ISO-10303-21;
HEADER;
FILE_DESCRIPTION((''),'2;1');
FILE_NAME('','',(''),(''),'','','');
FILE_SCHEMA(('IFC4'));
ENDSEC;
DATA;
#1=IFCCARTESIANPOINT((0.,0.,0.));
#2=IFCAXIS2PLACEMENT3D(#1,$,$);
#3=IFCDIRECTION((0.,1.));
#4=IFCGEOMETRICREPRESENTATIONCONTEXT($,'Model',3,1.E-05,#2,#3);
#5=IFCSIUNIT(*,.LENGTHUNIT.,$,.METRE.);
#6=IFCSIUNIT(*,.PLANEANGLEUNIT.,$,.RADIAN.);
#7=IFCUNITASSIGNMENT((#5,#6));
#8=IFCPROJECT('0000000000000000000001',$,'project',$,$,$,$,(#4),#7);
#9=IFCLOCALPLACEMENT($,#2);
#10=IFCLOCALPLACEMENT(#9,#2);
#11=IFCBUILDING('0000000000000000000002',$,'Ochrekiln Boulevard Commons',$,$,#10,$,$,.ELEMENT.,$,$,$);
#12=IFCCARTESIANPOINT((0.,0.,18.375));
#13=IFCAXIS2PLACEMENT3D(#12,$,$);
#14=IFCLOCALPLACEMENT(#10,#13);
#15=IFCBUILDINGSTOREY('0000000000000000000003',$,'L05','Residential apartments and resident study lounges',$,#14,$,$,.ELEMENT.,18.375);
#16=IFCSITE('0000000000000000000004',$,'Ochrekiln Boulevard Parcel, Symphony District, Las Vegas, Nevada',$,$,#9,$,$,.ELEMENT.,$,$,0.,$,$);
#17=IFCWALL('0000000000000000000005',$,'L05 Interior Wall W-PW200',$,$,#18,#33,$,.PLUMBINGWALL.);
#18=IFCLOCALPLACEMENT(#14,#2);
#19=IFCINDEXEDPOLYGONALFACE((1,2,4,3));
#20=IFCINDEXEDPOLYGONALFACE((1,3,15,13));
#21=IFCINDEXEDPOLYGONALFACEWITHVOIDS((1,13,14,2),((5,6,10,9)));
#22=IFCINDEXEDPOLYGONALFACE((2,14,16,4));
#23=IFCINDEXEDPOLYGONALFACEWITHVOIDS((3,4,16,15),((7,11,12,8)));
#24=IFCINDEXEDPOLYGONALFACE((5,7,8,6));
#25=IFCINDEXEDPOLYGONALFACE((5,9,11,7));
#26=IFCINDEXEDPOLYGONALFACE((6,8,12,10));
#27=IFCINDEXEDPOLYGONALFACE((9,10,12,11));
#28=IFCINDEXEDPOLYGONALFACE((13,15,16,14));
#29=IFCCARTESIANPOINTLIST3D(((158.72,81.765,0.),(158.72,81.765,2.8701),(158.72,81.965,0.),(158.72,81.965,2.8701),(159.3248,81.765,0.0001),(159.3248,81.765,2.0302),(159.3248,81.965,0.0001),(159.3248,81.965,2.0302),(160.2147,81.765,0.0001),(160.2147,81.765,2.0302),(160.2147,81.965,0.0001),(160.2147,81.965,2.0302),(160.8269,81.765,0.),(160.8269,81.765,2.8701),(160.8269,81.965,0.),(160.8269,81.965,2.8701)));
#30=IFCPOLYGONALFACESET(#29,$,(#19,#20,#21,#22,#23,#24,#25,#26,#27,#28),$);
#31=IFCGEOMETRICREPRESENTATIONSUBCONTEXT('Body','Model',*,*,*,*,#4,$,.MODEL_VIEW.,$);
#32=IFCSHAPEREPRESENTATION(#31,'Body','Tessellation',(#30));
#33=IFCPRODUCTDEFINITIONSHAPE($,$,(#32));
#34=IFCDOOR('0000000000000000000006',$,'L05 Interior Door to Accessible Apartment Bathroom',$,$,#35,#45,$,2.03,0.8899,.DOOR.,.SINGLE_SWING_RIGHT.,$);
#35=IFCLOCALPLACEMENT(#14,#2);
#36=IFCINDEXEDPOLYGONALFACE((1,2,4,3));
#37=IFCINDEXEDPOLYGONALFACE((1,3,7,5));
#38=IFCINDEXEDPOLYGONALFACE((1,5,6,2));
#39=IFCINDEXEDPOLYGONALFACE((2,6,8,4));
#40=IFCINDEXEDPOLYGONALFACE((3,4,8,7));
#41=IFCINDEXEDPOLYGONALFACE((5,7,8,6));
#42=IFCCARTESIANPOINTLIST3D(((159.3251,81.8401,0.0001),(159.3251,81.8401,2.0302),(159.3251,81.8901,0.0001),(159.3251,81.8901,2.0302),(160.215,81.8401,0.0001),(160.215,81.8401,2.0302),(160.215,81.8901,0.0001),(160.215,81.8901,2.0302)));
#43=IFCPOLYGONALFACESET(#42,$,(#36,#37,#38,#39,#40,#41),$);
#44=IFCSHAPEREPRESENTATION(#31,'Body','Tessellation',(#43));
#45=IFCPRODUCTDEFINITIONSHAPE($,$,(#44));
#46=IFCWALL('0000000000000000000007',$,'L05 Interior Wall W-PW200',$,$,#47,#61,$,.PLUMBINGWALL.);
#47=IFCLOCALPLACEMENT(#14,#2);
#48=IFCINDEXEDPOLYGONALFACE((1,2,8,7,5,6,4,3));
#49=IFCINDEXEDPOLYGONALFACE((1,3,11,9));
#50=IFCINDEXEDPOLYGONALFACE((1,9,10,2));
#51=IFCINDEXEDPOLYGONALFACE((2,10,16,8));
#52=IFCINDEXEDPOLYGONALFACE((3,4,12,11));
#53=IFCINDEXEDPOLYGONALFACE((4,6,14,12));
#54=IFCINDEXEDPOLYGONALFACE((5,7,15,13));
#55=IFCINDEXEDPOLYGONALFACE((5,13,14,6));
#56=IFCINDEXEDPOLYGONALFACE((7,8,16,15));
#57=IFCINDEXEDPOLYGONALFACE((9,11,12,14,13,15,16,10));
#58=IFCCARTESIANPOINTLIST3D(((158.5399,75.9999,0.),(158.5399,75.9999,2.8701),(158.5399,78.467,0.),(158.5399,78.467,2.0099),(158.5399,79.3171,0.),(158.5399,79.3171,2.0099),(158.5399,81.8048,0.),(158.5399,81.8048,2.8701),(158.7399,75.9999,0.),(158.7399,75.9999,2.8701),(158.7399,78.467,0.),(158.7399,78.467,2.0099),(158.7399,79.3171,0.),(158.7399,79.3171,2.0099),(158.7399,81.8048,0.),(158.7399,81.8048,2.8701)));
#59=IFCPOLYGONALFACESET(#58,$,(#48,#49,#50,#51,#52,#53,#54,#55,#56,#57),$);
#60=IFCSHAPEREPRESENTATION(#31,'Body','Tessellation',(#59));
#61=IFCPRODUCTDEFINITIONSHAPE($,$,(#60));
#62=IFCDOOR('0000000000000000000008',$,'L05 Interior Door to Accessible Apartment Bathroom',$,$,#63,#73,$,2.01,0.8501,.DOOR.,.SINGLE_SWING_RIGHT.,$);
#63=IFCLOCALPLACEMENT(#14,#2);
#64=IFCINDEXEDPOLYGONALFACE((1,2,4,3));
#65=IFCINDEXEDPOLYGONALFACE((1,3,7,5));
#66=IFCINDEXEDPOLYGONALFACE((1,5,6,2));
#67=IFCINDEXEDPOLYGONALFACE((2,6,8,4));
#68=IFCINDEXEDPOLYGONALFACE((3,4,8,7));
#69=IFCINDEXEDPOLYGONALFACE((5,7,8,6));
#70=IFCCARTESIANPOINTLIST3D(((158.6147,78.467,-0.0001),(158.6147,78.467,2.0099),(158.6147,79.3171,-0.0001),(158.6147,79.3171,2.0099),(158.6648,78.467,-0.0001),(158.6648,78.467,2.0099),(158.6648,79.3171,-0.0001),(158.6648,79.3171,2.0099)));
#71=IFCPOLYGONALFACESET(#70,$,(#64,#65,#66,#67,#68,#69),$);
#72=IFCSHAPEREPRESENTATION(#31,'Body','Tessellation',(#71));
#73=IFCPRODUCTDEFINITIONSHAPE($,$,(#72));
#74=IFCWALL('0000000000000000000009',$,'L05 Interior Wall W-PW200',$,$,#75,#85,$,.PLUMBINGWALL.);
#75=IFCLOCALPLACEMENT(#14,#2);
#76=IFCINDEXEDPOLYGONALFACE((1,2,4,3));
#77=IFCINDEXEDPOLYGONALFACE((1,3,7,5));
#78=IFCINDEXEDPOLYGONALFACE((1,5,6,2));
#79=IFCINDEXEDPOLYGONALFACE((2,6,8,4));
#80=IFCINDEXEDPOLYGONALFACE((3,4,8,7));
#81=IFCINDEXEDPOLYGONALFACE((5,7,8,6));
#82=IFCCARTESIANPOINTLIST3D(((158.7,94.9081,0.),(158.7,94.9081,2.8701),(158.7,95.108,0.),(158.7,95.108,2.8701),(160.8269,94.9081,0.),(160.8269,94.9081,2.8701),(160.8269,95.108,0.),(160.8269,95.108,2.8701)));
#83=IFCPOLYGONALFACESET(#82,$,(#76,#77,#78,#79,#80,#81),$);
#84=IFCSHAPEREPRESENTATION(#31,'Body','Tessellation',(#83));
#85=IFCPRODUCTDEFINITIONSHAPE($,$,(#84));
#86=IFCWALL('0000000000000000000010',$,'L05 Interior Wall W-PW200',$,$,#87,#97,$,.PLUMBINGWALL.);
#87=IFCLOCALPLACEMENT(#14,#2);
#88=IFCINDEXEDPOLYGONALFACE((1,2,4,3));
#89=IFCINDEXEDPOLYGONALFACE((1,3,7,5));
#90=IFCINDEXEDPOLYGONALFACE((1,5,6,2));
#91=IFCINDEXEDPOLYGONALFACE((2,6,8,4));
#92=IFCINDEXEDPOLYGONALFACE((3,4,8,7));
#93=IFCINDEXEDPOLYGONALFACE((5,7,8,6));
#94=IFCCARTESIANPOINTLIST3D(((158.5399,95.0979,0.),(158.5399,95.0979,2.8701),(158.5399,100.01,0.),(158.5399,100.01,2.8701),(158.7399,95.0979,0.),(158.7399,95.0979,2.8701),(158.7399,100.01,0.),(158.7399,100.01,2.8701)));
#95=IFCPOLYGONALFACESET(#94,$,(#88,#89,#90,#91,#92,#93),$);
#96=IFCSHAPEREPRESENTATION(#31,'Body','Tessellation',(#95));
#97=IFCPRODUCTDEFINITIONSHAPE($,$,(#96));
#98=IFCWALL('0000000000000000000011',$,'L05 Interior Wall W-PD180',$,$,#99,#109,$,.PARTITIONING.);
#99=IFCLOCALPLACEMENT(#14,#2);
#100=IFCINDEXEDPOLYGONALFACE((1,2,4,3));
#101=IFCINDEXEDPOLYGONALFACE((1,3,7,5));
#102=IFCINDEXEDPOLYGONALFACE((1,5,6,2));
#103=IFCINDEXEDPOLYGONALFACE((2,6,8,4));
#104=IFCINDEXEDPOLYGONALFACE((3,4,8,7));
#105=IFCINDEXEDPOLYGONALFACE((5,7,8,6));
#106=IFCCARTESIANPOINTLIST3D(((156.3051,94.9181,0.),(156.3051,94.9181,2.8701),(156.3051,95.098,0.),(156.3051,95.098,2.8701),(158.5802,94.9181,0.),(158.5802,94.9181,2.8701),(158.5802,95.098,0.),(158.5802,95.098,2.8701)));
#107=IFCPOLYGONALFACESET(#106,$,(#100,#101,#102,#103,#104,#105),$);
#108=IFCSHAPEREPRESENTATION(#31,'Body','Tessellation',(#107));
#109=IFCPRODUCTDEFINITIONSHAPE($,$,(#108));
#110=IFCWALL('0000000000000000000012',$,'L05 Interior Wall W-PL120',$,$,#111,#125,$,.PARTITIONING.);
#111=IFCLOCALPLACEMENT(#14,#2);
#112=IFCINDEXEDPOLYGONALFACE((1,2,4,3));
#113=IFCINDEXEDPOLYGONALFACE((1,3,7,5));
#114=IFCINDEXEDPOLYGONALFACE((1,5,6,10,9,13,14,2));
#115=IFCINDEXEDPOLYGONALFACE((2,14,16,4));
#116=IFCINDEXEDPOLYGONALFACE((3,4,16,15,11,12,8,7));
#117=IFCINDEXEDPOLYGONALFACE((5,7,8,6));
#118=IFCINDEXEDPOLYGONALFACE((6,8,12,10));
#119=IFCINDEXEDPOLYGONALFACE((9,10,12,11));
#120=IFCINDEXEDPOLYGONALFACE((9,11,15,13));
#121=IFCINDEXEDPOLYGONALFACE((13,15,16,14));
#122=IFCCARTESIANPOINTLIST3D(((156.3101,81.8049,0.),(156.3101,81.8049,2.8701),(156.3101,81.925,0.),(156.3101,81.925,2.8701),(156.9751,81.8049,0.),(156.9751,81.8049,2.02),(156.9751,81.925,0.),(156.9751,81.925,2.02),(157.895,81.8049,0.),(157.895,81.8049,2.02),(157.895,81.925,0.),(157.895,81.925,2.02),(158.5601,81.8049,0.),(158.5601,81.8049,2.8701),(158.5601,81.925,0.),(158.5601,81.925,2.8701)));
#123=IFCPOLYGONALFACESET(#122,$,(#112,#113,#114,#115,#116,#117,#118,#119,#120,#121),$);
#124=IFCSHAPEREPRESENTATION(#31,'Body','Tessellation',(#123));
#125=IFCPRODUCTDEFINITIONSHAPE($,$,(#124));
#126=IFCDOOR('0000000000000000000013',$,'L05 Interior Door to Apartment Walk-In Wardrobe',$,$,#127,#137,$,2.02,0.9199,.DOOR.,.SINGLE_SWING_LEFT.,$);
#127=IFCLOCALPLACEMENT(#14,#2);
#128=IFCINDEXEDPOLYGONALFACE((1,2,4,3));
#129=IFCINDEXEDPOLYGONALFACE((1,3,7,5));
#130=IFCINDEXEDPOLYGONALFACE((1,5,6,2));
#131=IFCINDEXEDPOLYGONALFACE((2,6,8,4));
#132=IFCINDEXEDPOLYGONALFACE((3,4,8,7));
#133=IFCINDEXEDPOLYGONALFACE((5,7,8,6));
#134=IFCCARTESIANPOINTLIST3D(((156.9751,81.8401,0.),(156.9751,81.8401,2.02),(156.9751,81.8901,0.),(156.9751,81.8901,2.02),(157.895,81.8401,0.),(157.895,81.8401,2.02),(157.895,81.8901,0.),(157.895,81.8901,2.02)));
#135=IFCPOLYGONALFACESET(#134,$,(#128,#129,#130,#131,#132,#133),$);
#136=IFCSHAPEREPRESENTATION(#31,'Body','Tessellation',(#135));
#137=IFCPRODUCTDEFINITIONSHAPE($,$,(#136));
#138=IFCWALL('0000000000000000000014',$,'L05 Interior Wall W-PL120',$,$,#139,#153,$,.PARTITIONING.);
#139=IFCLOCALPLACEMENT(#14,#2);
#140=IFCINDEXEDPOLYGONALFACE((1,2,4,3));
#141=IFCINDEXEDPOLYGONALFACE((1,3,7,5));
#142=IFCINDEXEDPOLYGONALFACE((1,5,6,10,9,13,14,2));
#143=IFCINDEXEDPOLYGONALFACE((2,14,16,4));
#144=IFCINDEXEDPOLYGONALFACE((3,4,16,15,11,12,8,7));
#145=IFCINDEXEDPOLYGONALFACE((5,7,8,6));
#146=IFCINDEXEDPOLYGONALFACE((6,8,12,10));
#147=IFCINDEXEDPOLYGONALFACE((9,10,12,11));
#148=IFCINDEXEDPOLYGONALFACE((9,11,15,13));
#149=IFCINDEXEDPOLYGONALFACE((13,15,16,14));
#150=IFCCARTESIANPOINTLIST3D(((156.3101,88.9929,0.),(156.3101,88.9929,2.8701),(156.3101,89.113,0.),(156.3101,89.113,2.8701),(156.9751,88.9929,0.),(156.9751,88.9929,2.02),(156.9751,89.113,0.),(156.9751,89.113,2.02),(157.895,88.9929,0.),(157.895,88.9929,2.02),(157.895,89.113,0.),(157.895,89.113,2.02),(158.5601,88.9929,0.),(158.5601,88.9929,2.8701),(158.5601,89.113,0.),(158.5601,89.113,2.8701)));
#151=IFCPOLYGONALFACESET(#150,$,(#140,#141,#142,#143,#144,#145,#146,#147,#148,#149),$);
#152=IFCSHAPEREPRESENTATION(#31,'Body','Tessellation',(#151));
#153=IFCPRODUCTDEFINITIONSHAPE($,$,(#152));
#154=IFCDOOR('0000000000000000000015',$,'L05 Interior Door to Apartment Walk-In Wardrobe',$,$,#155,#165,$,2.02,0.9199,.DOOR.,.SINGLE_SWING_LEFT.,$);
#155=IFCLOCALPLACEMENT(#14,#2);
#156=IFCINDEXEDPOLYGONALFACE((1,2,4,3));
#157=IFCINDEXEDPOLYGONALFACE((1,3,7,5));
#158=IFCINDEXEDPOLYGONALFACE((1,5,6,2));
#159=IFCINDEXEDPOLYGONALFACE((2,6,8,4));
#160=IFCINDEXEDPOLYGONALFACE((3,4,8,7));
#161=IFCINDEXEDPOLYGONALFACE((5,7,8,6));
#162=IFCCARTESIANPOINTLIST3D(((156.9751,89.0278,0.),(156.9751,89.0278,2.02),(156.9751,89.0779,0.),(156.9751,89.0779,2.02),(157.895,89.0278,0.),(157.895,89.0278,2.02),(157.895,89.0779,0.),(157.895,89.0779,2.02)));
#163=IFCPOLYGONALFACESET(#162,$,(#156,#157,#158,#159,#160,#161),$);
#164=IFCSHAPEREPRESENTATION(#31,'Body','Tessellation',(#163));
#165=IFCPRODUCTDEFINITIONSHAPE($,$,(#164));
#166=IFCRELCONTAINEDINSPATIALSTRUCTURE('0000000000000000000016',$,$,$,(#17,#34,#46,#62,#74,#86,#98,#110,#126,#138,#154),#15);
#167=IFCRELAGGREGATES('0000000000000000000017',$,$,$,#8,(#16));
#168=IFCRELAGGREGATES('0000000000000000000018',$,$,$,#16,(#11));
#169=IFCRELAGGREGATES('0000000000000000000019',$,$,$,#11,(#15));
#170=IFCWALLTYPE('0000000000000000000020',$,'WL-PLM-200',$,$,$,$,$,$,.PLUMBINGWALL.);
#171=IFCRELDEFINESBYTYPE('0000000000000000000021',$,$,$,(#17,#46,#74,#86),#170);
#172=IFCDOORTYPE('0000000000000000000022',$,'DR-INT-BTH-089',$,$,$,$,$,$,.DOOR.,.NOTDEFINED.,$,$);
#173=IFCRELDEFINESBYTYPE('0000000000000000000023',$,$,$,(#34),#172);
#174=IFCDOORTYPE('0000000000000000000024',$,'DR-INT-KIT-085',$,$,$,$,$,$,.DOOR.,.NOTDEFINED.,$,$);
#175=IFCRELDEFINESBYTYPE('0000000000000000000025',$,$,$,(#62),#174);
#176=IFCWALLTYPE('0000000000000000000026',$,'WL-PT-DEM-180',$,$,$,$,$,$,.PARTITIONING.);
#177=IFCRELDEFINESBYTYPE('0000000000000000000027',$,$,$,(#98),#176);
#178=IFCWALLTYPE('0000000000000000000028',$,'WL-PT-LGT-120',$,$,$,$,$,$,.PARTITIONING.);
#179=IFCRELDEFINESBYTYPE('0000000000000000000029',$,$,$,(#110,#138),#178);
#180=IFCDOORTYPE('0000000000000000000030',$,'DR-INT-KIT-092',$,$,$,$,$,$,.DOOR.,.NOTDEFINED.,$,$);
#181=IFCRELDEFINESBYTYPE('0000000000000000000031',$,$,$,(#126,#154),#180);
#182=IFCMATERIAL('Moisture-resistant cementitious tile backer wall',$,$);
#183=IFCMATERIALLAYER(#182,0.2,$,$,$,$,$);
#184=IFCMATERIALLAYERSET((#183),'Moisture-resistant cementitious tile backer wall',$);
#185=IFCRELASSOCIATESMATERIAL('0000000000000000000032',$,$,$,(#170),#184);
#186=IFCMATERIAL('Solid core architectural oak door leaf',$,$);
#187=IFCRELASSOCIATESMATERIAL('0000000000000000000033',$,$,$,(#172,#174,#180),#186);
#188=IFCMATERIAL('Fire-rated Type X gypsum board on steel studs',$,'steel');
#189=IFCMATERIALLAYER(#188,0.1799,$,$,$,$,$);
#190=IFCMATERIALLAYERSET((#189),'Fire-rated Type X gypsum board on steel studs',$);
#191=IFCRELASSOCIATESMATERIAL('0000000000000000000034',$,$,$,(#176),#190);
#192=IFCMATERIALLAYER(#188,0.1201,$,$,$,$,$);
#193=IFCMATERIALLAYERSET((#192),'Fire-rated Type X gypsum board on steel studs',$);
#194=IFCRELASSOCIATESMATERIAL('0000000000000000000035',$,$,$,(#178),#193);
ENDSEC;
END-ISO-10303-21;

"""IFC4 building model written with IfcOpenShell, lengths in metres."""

from ifc_helpers import new_model, si_unit, direction, frame, frame_2d, origin, place, context, subcontext, project, spatial, rectangle, extrude, material, layer, layer_set, type_object, element, fill, save


model = new_model("IFC4")

# Units and contexts
model_context = context("Model", 3, precision=1e-05, world=origin(), true_north=direction((0.0, 1.0)))
body_context = subcontext(model_context, "Body", "Model", "MODEL_VIEW")
ifc_project = project(units=[si_unit("LENGTHUNIT", "METRE"), si_unit("PLANEANGLEUNIT", "RADIAN")], contexts=[model_context])

# Site, building, storey
site_placement = place(None, origin())
site = spatial("IfcSite", under=ifc_project, at=site_placement, Name="Ochrekiln Boulevard Parcel, Symphony District, Las Vegas, Nevada", CompositionType="ELEMENT", RefElevation=0.0)
building_placement = place(site_placement, origin())
building = spatial("IfcBuilding", under=site, at=building_placement, Name="Ochrekiln Boulevard Commons", CompositionType="ELEMENT")
storey_placement = place(building_placement, frame((0.0, 0.0, 18.375)))
storey = spatial("IfcBuildingStorey", under=building, at=storey_placement, Name="L05", Description="Residential apartments and resident study lounges", CompositionType="ELEMENT", Elevation=18.375)

# Walls, openings, doors
ifc_material_1 = material(Name="Moisture-resistant cementitious tile backer wall")
ifc_layer_1 = layer(ifc_material_1, 0.2)
ifc_layer_set_1 = layer_set([ifc_layer_1], Name="Moisture-resistant cementitious tile backer wall")
wall_type_1 = type_object("IfcWallType", Name="WL-PLM-200", PredefinedType="PLUMBINGWALL", material=ifc_layer_set_1)
wall_1_placement = place(storey_placement, frame((158.72, 81.865, 0.0), z_axis=(0.0, 0.0, 1.0), x_axis=(1.0, 0.0, 0.0)))
wall_1 = element("IfcWall", 1, at=wall_1_placement, inside=storey, type_object=wall_type_1, Name="L05 Interior Wall W-PW200", PredefinedType="PLUMBINGWALL", context=body_context, shape_type="SweptSolid", body=[
    extrude(rectangle(XDim=2.1069, YDim=0.2, at=frame_2d((1.0535, 0.0))), origin(), (0.0, 0.0, 1.0), 2.8701),
])
opening_1_placement = place(wall_1_placement, frame((0.605, 0.0, 0.0)))
opening_1 = element("IfcOpeningElement", 2, at=opening_1_placement, cuts=wall_1, PredefinedType="OPENING", context=body_context, shape_type="SweptSolid", body=[
    extrude(rectangle(XDim=0.8899, YDim=2.03, at=frame_2d((0.4448, 1.0151))), frame((0.0, 0.1099, 0.0), z_axis=(0.0, -1.0, 0.0), x_axis=(1.0, 0.0, 0.0)), (0.0, 0.0, 1.0), 0.22),
])
ifc_material_2 = material(Name="Solid core architectural oak door leaf")
door_type_1 = type_object("IfcDoorType", Name="DR-INT-BTH-089", OperationType="NOTDEFINED", PredefinedType="DOOR", material=ifc_material_2)
door_1_placement = place(opening_1_placement, frame((0.8899, 0.0, 0.0), z_axis=(0.0, 0.0, 1.0), x_axis=(-1.0, 0.0, 0.0)))
door_1 = element("IfcDoor", 3, at=door_1_placement, inside=storey, type_object=door_type_1, Name="L05 Interior Door to Accessible Apartment Bathroom", OperationType="SINGLE_SWING_RIGHT", OverallHeight=2.03, OverallWidth=0.8899, PredefinedType="DOOR", context=body_context, shape_type="SweptSolid", body=[
    extrude(rectangle(XDim=0.8899, YDim=2.03, at=frame_2d((0.4448, 1.0151))), frame((0.0, 0.0249, 0.0), z_axis=(0.0, -1.0, 0.0), x_axis=(1.0, 0.0, 0.0)), (0.0, 0.0, 1.0), 0.05),
])
fill(opening_1, door_1)
wall_2_placement = place(storey_placement, frame((158.6399, 76.0, 0.0), z_axis=(0.0, 0.0, 1.0), x_axis=(0.0, 1.0, 0.0)))
wall_2 = element("IfcWall", 4, at=wall_2_placement, inside=storey, type_object=wall_type_1, Name="L05 Interior Wall W-PW200", PredefinedType="PLUMBINGWALL", context=body_context, shape_type="SweptSolid", body=[
    extrude(rectangle(XDim=5.8049, YDim=0.2, at=frame_2d((2.9023, 0.0))), origin(), (0.0, 0.0, 1.0), 2.8701),
])
opening_2_placement = place(wall_2_placement, frame((2.467, 0.0, 0.0)))
opening_2 = element("IfcOpeningElement", 5, at=opening_2_placement, cuts=wall_2, PredefinedType="OPENING", context=body_context, shape_type="SweptSolid", body=[
    extrude(rectangle(XDim=0.8501, YDim=2.01, at=frame_2d((0.425, 1.0049))), frame((0.0, 0.1099, 0.0), z_axis=(0.0, -1.0, 0.0), x_axis=(1.0, 0.0, 0.0)), (0.0, 0.0, 1.0), 0.22),
])
door_type_2 = type_object("IfcDoorType", Name="DR-INT-KIT-085", OperationType="NOTDEFINED", PredefinedType="DOOR", material=ifc_material_2)
door_2_placement = place(opening_2_placement, frame((0.8501, 0.0, 0.0), z_axis=(0.0, 0.0, 1.0), x_axis=(-1.0, 0.0, 0.0)))
door_2 = element("IfcDoor", 6, at=door_2_placement, inside=storey, type_object=door_type_2, Name="L05 Interior Door to Accessible Apartment Bathroom", OperationType="SINGLE_SWING_RIGHT", OverallHeight=2.01, OverallWidth=0.8501, PredefinedType="DOOR", context=body_context, shape_type="SweptSolid", body=[
    extrude(rectangle(XDim=0.8501, YDim=2.01, at=frame_2d((0.425, 1.0049))), frame((0.0, 0.0249, 0.0), z_axis=(0.0, -1.0, 0.0), x_axis=(1.0, 0.0, 0.0)), (0.0, 0.0, 1.0), 0.05),
])
fill(opening_2, door_2)

# Walls
wall_3_placement = place(storey_placement, frame((158.7, 95.0081, 0.0), z_axis=(0.0, 0.0, 1.0), x_axis=(1.0, 0.0, 0.0)))
element("IfcWall", 7, at=wall_3_placement, inside=storey, type_object=wall_type_1, Name="L05 Interior Wall W-PW200", PredefinedType="PLUMBINGWALL", context=body_context, shape_type="SweptSolid", body=[
    extrude(rectangle(XDim=2.127, YDim=0.2, at=frame_2d((1.0635, 0.0))), origin(), (0.0, 0.0, 1.0), 2.8701),
])
wall_4_placement = place(storey_placement, frame((158.6399, 95.0979, 0.0), z_axis=(0.0, 0.0, 1.0), x_axis=(0.0, 1.0, 0.0)))
element("IfcWall", 8, at=wall_4_placement, inside=storey, type_object=wall_type_1, Name="L05 Interior Wall W-PW200", PredefinedType="PLUMBINGWALL", context=body_context, shape_type="SweptSolid", body=[
    extrude(rectangle(XDim=4.9121, YDim=0.2, at=frame_2d((2.4561, 0.0))), origin(), (0.0, 0.0, 1.0), 2.8701),
])
ifc_material_3 = material(Name="Fire-rated Type X gypsum board on steel studs", Category="steel")
ifc_layer_2 = layer(ifc_material_3, 0.1799)
ifc_layer_set_2 = layer_set([ifc_layer_2], Name="Fire-rated Type X gypsum board on steel studs")
wall_type_2 = type_object("IfcWallType", Name="WL-PT-DEM-180", PredefinedType="PARTITIONING", material=ifc_layer_set_2)
wall_5_placement = place(storey_placement, frame((156.3049, 95.0081, 0.0), z_axis=(0.0, 0.0, 1.0), x_axis=(1.0, 0.0, 0.0)))
element("IfcWall", 9, at=wall_5_placement, inside=storey, type_object=wall_type_2, Name="L05 Interior Wall W-PD180", PredefinedType="PARTITIONING", context=body_context, shape_type="SweptSolid", body=[
    extrude(rectangle(XDim=2.2751, YDim=0.1799, at=frame_2d((1.1377, 0.0))), origin(), (0.0, 0.0, 1.0), 2.8701),
])

# Walls, openings, doors
ifc_layer_3 = layer(ifc_material_3, 0.1201)
ifc_layer_set_3 = layer_set([ifc_layer_3], Name="Fire-rated Type X gypsum board on steel studs")
wall_type_3 = type_object("IfcWallType", Name="WL-PT-LGT-120", PredefinedType="PARTITIONING", material=ifc_layer_set_3)
wall_6_placement = place(storey_placement, frame((156.3101, 81.865, 0.0), z_axis=(0.0, 0.0, 1.0), x_axis=(1.0, 0.0, 0.0)))
wall_6 = element("IfcWall", 10, at=wall_6_placement, inside=storey, type_object=wall_type_3, Name="L05 Interior Wall W-PL120", PredefinedType="PARTITIONING", context=body_context, shape_type="SweptSolid", body=[
    extrude(rectangle(XDim=2.25, YDim=0.1201, at=frame_2d((1.125, 0.0))), origin(), (0.0, 0.0, 1.0), 2.8701),
])
opening_3_placement = place(wall_6_placement, frame((0.665, 0.0, 0.0)))
opening_3 = element("IfcOpeningElement", 11, at=opening_3_placement, cuts=wall_6, PredefinedType="OPENING", context=body_context, shape_type="SweptSolid", body=[
    extrude(rectangle(XDim=0.9199, YDim=2.02, at=frame_2d((0.46, 1.01))), frame((0.0, 0.0701, 0.0), z_axis=(0.0, -1.0, 0.0), x_axis=(1.0, 0.0, 0.0)), (0.0, 0.0, 1.0), 0.1401),
])
door_type_3 = type_object("IfcDoorType", Name="DR-INT-KIT-092", OperationType="NOTDEFINED", PredefinedType="DOOR", material=ifc_material_2)
door_3_placement = place(opening_3_placement, frame((0.9199, 0.0, 0.0), z_axis=(0.0, 0.0, 1.0), x_axis=(-1.0, 0.0, 0.0)))
door_3 = element("IfcDoor", 12, at=door_3_placement, inside=storey, type_object=door_type_3, Name="L05 Interior Door to Apartment Walk-In Wardrobe", OperationType="SINGLE_SWING_LEFT", OverallHeight=2.02, OverallWidth=0.9199, PredefinedType="DOOR", context=body_context, shape_type="SweptSolid", body=[
    extrude(rectangle(XDim=0.9199, YDim=2.02, at=frame_2d((0.46, 1.01))), frame((0.0, 0.0249, 0.0), z_axis=(0.0, -1.0, 0.0), x_axis=(1.0, 0.0, 0.0)), (0.0, 0.0, 1.0), 0.05),
])
fill(opening_3, door_3)
wall_7_placement = place(storey_placement, frame((156.3101, 89.053, 0.0), z_axis=(0.0, 0.0, 1.0), x_axis=(1.0, 0.0, 0.0)))
wall_7 = element("IfcWall", 13, at=wall_7_placement, inside=storey, type_object=wall_type_3, Name="L05 Interior Wall W-PL120", PredefinedType="PARTITIONING", context=body_context, shape_type="SweptSolid", body=[
    extrude(rectangle(XDim=2.25, YDim=0.1201, at=frame_2d((1.125, 0.0))), origin(), (0.0, 0.0, 1.0), 2.8701),
])
opening_4_placement = place(wall_7_placement, frame((0.665, 0.0, 0.0)))
opening_4 = element("IfcOpeningElement", 14, at=opening_4_placement, cuts=wall_7, PredefinedType="OPENING", context=body_context, shape_type="SweptSolid", body=[
    extrude(rectangle(XDim=0.9199, YDim=2.02, at=frame_2d((0.46, 1.01))), frame((0.0, 0.0701, 0.0), z_axis=(0.0, -1.0, 0.0), x_axis=(1.0, 0.0, 0.0)), (0.0, 0.0, 1.0), 0.1401),
])
door_4_placement = place(opening_4_placement, origin())
door_4 = element("IfcDoor", 15, at=door_4_placement, inside=storey, type_object=door_type_3, Name="L05 Interior Door to Apartment Walk-In Wardrobe", OperationType="SINGLE_SWING_LEFT", OverallHeight=2.02, OverallWidth=0.9199, PredefinedType="DOOR", context=body_context, shape_type="SweptSolid", body=[
    extrude(rectangle(XDim=0.9199, YDim=2.02, at=frame_2d((0.46, 1.01))), frame((0.0, 0.0249, 0.0), z_axis=(0.0, -1.0, 0.0), x_axis=(1.0, 0.0, 0.0)), (0.0, 0.0, 1.0), 0.05),
])
fill(opening_4, door_4)

save(model, "model.ifc")
